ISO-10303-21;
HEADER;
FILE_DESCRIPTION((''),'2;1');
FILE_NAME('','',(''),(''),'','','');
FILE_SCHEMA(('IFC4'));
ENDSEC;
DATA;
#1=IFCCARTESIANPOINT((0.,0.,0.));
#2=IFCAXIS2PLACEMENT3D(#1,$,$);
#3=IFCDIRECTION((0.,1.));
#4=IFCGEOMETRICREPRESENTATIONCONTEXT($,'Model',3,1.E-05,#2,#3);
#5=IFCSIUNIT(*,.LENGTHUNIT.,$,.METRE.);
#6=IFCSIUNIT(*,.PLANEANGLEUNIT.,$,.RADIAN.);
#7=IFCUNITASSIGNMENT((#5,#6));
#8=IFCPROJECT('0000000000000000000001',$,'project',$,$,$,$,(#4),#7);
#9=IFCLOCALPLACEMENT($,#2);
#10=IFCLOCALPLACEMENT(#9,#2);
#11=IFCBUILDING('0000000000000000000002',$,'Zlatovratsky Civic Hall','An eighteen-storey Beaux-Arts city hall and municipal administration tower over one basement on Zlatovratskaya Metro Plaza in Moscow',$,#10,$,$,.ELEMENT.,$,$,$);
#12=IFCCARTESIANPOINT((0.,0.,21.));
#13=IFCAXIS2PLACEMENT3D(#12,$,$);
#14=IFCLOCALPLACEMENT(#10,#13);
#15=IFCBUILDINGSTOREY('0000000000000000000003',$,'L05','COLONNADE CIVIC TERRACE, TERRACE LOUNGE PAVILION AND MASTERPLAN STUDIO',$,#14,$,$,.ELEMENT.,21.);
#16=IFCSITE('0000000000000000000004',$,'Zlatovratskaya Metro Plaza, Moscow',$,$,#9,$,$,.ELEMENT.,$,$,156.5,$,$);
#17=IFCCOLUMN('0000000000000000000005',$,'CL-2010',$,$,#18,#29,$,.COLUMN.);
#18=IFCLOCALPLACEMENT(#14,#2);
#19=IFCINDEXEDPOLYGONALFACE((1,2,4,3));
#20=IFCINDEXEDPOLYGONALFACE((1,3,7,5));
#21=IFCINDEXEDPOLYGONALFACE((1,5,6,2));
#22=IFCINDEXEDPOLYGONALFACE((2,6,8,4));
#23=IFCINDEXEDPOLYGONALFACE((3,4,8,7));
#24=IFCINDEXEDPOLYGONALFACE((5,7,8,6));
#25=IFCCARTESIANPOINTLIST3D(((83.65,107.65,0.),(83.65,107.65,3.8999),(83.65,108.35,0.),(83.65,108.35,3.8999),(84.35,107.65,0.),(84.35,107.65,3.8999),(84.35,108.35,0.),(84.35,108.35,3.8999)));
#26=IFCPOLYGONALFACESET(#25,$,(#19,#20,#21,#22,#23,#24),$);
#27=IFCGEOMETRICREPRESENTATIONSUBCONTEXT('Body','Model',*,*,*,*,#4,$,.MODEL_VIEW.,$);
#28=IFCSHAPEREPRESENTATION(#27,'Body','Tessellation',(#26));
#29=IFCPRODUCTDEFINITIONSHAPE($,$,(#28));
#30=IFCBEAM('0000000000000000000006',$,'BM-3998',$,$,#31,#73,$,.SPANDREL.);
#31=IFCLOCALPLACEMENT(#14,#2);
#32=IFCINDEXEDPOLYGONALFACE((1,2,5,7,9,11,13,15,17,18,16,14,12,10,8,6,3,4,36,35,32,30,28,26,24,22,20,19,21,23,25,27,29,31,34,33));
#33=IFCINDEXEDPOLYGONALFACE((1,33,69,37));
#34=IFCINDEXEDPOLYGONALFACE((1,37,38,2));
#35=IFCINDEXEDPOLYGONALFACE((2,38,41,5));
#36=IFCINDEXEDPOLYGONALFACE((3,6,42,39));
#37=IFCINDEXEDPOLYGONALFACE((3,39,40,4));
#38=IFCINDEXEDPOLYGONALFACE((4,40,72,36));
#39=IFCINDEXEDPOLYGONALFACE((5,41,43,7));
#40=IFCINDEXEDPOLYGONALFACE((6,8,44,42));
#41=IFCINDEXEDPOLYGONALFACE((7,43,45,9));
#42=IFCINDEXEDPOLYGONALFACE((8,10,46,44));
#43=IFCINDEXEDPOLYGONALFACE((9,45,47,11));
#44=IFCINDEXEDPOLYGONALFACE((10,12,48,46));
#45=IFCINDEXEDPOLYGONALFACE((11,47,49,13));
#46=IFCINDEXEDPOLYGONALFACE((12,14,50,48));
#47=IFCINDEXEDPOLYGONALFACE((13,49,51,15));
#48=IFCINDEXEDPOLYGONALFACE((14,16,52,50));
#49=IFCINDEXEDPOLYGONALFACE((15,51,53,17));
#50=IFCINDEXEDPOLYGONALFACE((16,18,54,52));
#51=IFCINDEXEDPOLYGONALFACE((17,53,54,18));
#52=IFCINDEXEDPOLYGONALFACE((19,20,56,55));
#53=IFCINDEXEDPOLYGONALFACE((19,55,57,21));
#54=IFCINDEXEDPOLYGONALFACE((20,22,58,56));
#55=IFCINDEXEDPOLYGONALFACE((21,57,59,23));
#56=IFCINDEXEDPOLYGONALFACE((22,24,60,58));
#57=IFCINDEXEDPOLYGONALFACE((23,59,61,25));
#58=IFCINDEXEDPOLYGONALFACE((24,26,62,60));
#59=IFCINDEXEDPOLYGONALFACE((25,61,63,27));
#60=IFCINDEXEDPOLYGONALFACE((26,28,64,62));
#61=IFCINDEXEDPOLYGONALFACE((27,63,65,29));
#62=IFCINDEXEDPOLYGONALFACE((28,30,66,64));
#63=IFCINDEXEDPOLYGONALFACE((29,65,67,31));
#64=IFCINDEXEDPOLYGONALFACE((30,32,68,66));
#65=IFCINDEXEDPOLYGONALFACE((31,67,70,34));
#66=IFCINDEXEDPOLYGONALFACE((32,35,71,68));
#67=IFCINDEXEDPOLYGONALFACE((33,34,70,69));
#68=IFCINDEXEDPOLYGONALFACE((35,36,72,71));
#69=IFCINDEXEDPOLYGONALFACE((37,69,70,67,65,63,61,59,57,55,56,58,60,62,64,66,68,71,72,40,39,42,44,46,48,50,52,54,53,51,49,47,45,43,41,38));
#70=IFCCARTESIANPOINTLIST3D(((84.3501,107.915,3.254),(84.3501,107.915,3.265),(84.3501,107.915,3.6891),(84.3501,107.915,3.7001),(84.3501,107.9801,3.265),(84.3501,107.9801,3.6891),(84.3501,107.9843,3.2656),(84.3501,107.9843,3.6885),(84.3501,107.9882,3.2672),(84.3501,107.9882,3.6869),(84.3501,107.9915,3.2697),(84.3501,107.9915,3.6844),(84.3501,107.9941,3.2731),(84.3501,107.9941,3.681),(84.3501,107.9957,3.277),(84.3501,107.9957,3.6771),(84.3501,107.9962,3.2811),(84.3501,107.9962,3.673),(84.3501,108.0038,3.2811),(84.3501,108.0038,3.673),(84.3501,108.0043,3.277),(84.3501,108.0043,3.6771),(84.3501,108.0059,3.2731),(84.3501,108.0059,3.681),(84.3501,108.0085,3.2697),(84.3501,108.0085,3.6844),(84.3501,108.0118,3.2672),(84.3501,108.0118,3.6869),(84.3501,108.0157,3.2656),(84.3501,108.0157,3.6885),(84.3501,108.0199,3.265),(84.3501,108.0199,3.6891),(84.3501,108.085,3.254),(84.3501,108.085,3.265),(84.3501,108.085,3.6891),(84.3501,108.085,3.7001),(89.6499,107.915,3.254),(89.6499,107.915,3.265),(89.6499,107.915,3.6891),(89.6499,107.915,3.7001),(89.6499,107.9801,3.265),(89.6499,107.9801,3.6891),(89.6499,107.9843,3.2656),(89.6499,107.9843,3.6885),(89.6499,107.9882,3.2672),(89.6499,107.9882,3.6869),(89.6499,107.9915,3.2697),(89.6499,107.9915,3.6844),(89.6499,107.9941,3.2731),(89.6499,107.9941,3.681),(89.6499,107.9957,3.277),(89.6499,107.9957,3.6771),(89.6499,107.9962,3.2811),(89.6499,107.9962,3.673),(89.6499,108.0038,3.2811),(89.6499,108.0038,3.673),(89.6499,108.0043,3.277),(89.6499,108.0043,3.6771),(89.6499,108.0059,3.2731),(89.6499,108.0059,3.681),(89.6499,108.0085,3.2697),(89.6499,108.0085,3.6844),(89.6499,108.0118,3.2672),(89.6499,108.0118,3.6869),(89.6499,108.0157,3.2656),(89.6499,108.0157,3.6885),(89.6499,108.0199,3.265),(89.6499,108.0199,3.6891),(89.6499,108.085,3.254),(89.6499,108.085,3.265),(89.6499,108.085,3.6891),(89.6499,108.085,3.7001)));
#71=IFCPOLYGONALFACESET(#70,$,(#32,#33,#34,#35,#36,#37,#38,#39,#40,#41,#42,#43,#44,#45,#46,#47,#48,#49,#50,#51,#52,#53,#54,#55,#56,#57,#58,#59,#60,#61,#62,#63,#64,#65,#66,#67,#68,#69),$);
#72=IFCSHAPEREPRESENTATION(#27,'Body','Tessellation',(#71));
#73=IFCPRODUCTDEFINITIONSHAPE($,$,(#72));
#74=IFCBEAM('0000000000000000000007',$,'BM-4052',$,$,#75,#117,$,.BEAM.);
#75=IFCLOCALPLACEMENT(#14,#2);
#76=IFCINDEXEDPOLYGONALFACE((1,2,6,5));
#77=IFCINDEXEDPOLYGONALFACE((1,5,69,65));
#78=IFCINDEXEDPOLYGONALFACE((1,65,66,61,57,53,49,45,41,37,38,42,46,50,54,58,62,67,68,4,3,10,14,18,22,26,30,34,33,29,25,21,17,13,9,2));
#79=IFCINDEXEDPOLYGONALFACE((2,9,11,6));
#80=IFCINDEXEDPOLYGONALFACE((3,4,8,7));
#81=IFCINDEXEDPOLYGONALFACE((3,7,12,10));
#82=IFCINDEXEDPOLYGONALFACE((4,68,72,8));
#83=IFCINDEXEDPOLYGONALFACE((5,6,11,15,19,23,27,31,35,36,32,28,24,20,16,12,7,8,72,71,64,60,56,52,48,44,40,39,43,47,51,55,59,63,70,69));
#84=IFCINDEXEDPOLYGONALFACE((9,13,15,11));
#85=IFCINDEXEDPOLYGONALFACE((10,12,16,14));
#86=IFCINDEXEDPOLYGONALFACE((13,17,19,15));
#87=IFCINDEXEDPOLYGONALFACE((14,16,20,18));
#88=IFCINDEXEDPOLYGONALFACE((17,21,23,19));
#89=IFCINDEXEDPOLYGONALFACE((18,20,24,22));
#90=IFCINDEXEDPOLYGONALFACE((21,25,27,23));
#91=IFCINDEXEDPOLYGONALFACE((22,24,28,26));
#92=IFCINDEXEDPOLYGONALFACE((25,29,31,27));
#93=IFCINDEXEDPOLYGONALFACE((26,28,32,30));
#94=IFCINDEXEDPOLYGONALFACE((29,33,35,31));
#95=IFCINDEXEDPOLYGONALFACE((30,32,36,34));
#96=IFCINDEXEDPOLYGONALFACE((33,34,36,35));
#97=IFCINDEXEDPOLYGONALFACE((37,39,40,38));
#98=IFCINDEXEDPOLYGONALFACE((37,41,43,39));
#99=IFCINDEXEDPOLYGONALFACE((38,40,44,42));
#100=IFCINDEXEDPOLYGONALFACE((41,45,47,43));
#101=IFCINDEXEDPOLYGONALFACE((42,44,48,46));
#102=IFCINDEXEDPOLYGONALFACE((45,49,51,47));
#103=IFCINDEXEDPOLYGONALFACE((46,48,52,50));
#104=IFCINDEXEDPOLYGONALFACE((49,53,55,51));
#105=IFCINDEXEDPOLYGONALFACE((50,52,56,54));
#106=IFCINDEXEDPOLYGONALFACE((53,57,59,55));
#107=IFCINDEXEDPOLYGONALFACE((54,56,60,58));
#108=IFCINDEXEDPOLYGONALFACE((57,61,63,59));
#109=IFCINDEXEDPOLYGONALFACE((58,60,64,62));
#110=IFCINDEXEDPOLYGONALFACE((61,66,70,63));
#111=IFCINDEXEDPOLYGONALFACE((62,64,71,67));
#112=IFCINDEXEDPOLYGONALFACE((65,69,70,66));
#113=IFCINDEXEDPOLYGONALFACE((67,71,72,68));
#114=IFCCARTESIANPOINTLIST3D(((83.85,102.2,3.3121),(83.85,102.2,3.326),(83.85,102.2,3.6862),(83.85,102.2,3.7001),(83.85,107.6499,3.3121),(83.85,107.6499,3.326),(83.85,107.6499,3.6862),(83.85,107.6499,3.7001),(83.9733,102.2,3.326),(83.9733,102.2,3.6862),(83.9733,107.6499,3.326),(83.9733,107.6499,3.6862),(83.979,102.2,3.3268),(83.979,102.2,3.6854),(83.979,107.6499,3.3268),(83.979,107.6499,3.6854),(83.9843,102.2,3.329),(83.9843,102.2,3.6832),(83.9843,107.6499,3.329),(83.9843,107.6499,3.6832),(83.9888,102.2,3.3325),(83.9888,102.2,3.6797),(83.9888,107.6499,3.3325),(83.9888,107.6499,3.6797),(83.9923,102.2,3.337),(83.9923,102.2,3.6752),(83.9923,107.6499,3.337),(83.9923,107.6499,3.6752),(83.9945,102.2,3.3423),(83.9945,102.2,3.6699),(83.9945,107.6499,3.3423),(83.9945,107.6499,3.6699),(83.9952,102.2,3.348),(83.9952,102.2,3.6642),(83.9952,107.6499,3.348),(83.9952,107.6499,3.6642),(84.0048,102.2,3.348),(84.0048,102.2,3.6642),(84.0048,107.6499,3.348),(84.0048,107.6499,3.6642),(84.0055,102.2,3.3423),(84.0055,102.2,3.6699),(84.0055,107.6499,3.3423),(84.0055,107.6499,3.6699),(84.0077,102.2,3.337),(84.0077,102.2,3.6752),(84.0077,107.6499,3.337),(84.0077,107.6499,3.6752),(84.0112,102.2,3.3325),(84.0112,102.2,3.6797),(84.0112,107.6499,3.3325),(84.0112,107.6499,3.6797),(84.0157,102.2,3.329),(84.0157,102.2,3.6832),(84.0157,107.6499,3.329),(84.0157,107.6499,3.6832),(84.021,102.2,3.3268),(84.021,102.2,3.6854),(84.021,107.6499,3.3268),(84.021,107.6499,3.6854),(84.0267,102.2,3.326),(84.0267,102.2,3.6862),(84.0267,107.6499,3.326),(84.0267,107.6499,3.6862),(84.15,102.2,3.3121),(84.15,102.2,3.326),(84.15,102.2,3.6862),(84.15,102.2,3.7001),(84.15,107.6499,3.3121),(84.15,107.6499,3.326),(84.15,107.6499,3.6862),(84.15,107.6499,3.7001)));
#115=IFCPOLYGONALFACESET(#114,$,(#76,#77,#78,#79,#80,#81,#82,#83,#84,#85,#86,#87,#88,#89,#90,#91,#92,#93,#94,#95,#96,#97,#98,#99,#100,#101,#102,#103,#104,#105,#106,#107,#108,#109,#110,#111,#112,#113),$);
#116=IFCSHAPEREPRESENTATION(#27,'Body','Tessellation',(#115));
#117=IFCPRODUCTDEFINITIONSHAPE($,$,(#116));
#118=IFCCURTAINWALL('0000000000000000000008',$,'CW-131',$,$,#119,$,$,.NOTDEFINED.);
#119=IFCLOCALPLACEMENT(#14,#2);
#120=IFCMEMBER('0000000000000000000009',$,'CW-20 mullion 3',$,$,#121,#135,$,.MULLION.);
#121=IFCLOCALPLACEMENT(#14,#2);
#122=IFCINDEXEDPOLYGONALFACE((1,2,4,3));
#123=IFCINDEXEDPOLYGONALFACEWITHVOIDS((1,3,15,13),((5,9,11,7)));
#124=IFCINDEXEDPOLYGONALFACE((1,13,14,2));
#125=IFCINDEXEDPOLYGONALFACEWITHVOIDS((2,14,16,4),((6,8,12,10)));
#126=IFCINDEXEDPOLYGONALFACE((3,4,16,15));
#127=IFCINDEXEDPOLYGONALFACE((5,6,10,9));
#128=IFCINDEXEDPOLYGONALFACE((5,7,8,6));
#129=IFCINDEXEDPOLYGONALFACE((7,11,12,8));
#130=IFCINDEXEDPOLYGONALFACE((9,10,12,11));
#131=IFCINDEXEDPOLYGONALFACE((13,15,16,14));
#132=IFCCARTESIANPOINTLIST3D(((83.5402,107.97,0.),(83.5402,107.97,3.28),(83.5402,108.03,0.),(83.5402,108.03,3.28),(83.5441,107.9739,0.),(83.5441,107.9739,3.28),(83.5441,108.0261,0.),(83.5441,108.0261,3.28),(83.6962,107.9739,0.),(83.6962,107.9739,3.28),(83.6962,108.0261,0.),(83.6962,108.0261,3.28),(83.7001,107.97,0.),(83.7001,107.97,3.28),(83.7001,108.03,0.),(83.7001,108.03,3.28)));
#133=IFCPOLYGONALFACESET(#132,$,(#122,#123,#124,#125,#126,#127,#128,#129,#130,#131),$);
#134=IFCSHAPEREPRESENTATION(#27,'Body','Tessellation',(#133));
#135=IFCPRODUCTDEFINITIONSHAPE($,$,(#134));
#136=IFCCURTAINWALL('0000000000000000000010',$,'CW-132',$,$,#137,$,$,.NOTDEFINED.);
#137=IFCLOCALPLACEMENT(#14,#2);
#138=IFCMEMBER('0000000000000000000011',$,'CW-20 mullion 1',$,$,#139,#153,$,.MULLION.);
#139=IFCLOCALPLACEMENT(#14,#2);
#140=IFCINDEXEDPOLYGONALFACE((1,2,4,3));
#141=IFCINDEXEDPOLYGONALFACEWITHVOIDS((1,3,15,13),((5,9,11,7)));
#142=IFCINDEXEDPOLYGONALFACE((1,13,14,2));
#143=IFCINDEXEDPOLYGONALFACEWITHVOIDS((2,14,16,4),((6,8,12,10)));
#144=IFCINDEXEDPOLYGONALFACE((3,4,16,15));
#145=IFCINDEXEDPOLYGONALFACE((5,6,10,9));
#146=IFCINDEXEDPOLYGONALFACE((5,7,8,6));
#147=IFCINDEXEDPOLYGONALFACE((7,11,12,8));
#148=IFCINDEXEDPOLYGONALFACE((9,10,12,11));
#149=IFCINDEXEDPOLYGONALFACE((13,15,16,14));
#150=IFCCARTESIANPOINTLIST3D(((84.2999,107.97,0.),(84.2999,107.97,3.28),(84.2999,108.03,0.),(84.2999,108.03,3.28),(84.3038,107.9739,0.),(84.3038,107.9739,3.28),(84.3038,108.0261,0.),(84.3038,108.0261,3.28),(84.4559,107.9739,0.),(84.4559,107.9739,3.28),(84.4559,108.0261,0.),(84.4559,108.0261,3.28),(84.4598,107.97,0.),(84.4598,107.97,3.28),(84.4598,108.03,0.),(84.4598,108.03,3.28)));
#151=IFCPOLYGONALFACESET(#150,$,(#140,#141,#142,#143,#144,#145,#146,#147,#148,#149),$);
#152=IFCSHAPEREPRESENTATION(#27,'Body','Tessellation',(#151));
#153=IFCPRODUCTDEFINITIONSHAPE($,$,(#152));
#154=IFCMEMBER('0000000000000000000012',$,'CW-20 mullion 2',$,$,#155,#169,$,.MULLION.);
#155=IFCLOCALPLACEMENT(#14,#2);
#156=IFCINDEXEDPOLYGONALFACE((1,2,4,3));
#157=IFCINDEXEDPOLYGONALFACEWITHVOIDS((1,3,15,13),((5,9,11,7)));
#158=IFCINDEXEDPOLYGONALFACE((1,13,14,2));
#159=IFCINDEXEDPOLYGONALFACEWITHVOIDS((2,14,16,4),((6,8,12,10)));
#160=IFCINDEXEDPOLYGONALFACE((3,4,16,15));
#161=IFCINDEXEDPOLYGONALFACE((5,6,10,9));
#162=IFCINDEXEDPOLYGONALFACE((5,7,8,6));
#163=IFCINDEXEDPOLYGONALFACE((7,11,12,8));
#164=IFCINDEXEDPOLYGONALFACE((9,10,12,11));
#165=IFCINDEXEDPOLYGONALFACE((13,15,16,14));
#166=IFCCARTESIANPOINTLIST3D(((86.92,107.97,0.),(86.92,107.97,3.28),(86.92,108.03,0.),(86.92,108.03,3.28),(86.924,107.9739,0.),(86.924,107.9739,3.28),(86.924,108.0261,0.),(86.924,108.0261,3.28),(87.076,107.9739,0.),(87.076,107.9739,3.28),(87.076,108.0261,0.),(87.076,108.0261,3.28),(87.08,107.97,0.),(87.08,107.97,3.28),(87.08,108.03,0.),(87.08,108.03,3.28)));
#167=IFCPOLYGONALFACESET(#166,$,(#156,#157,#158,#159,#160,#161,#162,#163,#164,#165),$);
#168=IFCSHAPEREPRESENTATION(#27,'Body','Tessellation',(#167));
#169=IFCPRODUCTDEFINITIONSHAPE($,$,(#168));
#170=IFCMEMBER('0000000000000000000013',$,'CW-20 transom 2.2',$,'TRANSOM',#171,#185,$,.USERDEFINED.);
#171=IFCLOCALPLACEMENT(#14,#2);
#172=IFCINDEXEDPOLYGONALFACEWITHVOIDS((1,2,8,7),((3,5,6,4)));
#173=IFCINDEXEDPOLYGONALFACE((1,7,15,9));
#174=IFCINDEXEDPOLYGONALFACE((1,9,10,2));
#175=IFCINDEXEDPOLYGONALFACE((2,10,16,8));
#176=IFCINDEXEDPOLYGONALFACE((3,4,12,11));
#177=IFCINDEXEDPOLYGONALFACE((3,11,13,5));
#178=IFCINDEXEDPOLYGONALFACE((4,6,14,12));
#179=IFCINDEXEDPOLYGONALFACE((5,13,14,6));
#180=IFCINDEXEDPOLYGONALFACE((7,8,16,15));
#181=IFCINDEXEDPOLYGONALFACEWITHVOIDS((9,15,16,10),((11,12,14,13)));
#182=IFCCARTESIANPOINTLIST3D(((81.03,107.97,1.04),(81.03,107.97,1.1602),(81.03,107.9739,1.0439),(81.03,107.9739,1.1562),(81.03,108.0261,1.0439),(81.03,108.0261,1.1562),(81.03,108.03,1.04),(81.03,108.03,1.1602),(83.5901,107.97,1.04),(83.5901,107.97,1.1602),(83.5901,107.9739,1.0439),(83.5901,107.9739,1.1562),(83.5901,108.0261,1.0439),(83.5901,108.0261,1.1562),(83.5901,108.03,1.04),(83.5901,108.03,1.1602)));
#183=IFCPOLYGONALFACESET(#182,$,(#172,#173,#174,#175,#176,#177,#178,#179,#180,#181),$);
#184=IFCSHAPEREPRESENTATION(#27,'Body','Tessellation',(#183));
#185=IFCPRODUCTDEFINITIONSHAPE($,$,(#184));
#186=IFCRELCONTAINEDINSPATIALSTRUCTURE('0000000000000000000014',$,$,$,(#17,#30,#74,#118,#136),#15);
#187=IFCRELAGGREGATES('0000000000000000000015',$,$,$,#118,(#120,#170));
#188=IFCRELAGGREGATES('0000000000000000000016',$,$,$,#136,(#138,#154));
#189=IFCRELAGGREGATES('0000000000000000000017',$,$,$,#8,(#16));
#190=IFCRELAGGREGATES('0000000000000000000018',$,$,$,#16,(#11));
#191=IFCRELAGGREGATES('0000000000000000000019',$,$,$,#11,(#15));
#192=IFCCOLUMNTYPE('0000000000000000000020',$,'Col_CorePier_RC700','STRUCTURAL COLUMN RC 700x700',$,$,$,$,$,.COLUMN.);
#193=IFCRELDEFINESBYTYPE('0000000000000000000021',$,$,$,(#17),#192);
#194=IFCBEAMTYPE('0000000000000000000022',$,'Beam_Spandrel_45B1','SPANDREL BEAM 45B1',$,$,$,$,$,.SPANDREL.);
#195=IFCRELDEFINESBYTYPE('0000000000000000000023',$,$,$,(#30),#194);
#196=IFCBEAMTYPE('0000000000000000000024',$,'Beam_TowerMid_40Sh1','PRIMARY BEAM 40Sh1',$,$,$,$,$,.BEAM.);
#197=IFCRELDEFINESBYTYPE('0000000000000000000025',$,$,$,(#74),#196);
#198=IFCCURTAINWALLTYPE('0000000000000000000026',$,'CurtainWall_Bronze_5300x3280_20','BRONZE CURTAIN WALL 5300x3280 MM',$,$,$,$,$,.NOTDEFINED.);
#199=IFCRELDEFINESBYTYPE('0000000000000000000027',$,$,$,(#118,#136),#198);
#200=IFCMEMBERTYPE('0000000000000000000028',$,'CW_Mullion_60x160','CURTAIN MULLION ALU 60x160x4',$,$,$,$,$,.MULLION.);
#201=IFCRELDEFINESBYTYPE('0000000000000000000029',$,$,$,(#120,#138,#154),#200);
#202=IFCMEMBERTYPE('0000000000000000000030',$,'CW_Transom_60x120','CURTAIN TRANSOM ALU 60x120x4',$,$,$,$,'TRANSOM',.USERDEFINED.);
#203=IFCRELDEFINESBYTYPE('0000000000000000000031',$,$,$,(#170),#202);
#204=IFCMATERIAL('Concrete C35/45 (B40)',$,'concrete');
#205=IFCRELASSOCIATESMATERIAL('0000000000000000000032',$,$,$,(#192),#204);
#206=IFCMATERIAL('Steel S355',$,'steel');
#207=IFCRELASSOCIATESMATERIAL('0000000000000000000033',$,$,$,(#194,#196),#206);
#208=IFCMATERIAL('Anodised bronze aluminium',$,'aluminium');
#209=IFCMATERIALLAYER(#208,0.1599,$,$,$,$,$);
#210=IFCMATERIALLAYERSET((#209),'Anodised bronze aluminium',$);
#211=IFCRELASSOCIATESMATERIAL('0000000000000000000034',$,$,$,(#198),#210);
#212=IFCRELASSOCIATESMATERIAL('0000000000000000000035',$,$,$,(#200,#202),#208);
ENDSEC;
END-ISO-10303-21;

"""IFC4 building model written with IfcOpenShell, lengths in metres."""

from ifc_helpers import new_model, si_unit, direction, frame, origin, origin_2d, place, context, subcontext, project, spatial, rectangle, hollow_rectangle, i_section, extrude, material, layer, layer_set, material_profile, profile_set, type_object, element, aggregate, save


model = new_model("IFC4")

# Units and contexts
model_context = context("Model", 3, precision=1e-05, world=origin(), true_north=direction((0.0, 1.0)))
body_context = subcontext(model_context, "Body", "Model", "MODEL_VIEW")
ifc_project = project(units=[si_unit("LENGTHUNIT", "METRE"), si_unit("PLANEANGLEUNIT", "RADIAN")], contexts=[model_context])

# Site, building, storey
site_placement = place(None, origin())
site = spatial("IfcSite", under=ifc_project, at=site_placement, Name="Zlatovratskaya Metro Plaza, Moscow", CompositionType="ELEMENT", RefElevation=156.5)
building_placement = place(site_placement, origin())
building = spatial("IfcBuilding", under=site, at=building_placement, Name="Zlatovratsky Civic Hall", Description="An eighteen-storey Beaux-Arts city hall and municipal administration tower over one basement on Zlatovratskaya Metro Plaza in Moscow", CompositionType="ELEMENT")
storey_placement = place(building_placement, frame((0.0, 0.0, 21.0)))
storey = spatial("IfcBuildingStorey", under=building, at=storey_placement, Name="L05", Description="COLONNADE CIVIC TERRACE, TERRACE LOUNGE PAVILION AND MASTERPLAN STUDIO", CompositionType="ELEMENT", Elevation=21.0)

# Column
ifc_material_1 = material(Name="Concrete C35/45 (B40)", Category="concrete")
ifc_material_profile_1 = material_profile(ifc_material_1, rectangle(XDim=0.7, YDim=0.7, at=origin_2d()), Name="RC 700x700")
ifc_profile_set_1 = profile_set([ifc_material_profile_1], Name="Concrete C35/45 (B40)")
column_type = type_object("IfcColumnType", Name="Col_CorePier_RC700", Description="STRUCTURAL COLUMN RC 700x700", PredefinedType="COLUMN", material=ifc_profile_set_1)
column_placement = place(storey_placement, frame((84.0, 108.0, 0.0), z_axis=(0.0, 0.0, 1.0), x_axis=(1.0, 0.0, 0.0)))
element("IfcColumn", 1, at=column_placement, inside=storey, type_object=column_type, Name="CL-2010", PredefinedType="COLUMN", context=body_context, shape_type="SweptSolid", body=[
    extrude(rectangle(XDim=0.7, YDim=0.7, at=origin_2d()), origin(), (0.0, 0.0, 1.0), 3.8999),
])

# Beams
ifc_material_2 = material(Name="Steel S355", Category="steel")
ifc_material_profile_2 = material_profile(ifc_material_2, i_section(OverallWidth=0.1699, OverallDepth=0.446, WebThickness=0.0076, FlangeThickness=0.011, FilletRadius=0.0161, at=origin_2d()), Name="45B1")
ifc_profile_set_2 = profile_set([ifc_material_profile_2], Name="Steel S355")
beam_type_1 = type_object("IfcBeamType", Name="Beam_Spandrel_45B1", Description="SPANDREL BEAM 45B1", PredefinedType="SPANDREL", material=ifc_profile_set_2)
beam_1_placement = place(storey_placement, frame((84.3501, 108.0, 3.4771), z_axis=(1.0, 0.0, 0.0), x_axis=(0.0, 1.0, 0.0)))
element("IfcBeam", 2, at=beam_1_placement, inside=storey, type_object=beam_type_1, Name="BM-3998", PredefinedType="SPANDREL", context=body_context, shape_type="SweptSolid", body=[
    extrude(i_section(OverallWidth=0.1699, OverallDepth=0.446, WebThickness=0.0076, FlangeThickness=0.011, FilletRadius=0.0161, at=origin_2d()), origin(), (0.0, 0.0, 1.0), 5.2998),
])
ifc_material_profile_3 = material_profile(ifc_material_2, i_section(OverallWidth=0.3, OverallDepth=0.3879, WebThickness=0.0095, FlangeThickness=0.0139, FilletRadius=0.022, at=origin_2d()), Name="40Sh1")
ifc_profile_set_3 = profile_set([ifc_material_profile_3], Name="Steel S355")
beam_type_2 = type_object("IfcBeamType", Name="Beam_TowerMid_40Sh1", Description="PRIMARY BEAM 40Sh1", PredefinedType="BEAM", material=ifc_profile_set_3)
beam_2_placement = place(storey_placement, frame((84.0, 102.2, 3.5061), z_axis=(0.0, 1.0, 0.0), x_axis=(-1.0, 0.0, 0.0)))
element("IfcBeam", 3, at=beam_2_placement, inside=storey, type_object=beam_type_2, Name="BM-4052", PredefinedType="BEAM", context=body_context, shape_type="SweptSolid", body=[
    extrude(i_section(OverallWidth=0.3, OverallDepth=0.3879, WebThickness=0.0095, FlangeThickness=0.0139, FilletRadius=0.022, at=origin_2d()), origin(), (0.0, 0.0, 1.0), 5.45),
])

# Curtain wall, member
ifc_material_3 = material(Name="Anodised bronze aluminium", Category="aluminium")
ifc_layer_1 = layer(ifc_material_3, 0.1599)
ifc_layer_set_1 = layer_set([ifc_layer_1], Name="Anodised bronze aluminium")
curtain_wall_type = type_object("IfcCurtainWallType", Name="CurtainWall_Bronze_5300x3280_20", Description="BRONZE CURTAIN WALL 5300x3280 MM", PredefinedType="NOTDEFINED", material=ifc_layer_set_1)
curtain_wall_1_placement = place(storey_placement, origin())
curtain_wall_1 = element("IfcCurtainWall", 4, at=curtain_wall_1_placement, inside=storey, type_object=curtain_wall_type, Name="CW-131", PredefinedType="NOTDEFINED")
ifc_material_profile_4 = material_profile(ifc_material_3, hollow_rectangle(XDim=0.0601, YDim=0.1599, WallThickness=0.0039, at=origin_2d()), Name="ALU 60x160x4")
ifc_profile_set_4 = profile_set([ifc_material_profile_4], Name="Anodised bronze aluminium")
member_type_1 = type_object("IfcMemberType", Name="CW_Mullion_60x160", Description="CURTAIN MULLION ALU 60x160x4", PredefinedType="MULLION", material=ifc_profile_set_4)
member_1_placement = place(storey_placement, frame((83.6201, 108.0, 0.0), z_axis=(0.0, 0.0, 1.0), x_axis=(0.0, 1.0, 0.0)))
member_1 = element("IfcMember", 5, at=member_1_placement, type_object=member_type_1, Name="CW-20 mullion 3", PredefinedType="MULLION", context=body_context, shape_type="SweptSolid", body=[
    extrude(hollow_rectangle(XDim=0.0601, YDim=0.1599, WallThickness=0.0039, at=origin_2d()), origin(), (0.0, 0.0, 1.0), 3.28),
])

# Curtain wall, members
curtain_wall_2_placement = place(storey_placement, origin())
curtain_wall_2 = element("IfcCurtainWall", 6, at=curtain_wall_2_placement, inside=storey, type_object=curtain_wall_type, Name="CW-132", PredefinedType="NOTDEFINED")
member_2_placement = place(storey_placement, frame((84.3799, 108.0, 0.0), z_axis=(0.0, 0.0, 1.0), x_axis=(0.0, 1.0, 0.0)))
member_2 = element("IfcMember", 7, at=member_2_placement, type_object=member_type_1, Name="CW-20 mullion 1", PredefinedType="MULLION", context=body_context, shape_type="SweptSolid", body=[
    extrude(hollow_rectangle(XDim=0.0601, YDim=0.1599, WallThickness=0.0039, at=origin_2d()), origin(), (0.0, 0.0, 1.0), 3.28),
])
member_3_placement = place(storey_placement, frame((87.0, 108.0, 0.0), z_axis=(0.0, 0.0, 1.0), x_axis=(0.0, 1.0, 0.0)))
member_3 = element("IfcMember", 8, at=member_3_placement, type_object=member_type_1, Name="CW-20 mullion 2", PredefinedType="MULLION", context=body_context, shape_type="SweptSolid", body=[
    extrude(hollow_rectangle(XDim=0.0601, YDim=0.1599, WallThickness=0.0039, at=origin_2d()), origin(), (0.0, 0.0, 1.0), 3.28),
])

# Member
ifc_material_profile_5 = material_profile(ifc_material_3, hollow_rectangle(XDim=0.0601, YDim=0.1201, WallThickness=0.0039, at=origin_2d()), Name="ALU 60x120x4")
ifc_profile_set_5 = profile_set([ifc_material_profile_5], Name="Anodised bronze aluminium")
member_type_2 = type_object("IfcMemberType", Name="CW_Transom_60x120", Description="CURTAIN TRANSOM ALU 60x120x4", ElementType="TRANSOM", PredefinedType="USERDEFINED", material=ifc_profile_set_5)
member_4_placement = place(storey_placement, frame((81.03, 108.0, 1.1001), z_axis=(1.0, 0.0, 0.0), x_axis=(0.0, 1.0, 0.0)))
member_4 = element("IfcMember", 9, at=member_4_placement, type_object=member_type_2, Name="CW-20 transom 2.2", ObjectType="TRANSOM", PredefinedType="USERDEFINED", context=body_context, shape_type="SweptSolid", body=[
    extrude(hollow_rectangle(XDim=0.0601, YDim=0.1201, WallThickness=0.0039, at=origin_2d()), origin(), (0.0, 0.0, 1.0), 2.5601),
])

aggregate(curtain_wall_1, [member_1, member_4])
aggregate(curtain_wall_2, [member_2, member_3])

save(model, "model.ifc")
